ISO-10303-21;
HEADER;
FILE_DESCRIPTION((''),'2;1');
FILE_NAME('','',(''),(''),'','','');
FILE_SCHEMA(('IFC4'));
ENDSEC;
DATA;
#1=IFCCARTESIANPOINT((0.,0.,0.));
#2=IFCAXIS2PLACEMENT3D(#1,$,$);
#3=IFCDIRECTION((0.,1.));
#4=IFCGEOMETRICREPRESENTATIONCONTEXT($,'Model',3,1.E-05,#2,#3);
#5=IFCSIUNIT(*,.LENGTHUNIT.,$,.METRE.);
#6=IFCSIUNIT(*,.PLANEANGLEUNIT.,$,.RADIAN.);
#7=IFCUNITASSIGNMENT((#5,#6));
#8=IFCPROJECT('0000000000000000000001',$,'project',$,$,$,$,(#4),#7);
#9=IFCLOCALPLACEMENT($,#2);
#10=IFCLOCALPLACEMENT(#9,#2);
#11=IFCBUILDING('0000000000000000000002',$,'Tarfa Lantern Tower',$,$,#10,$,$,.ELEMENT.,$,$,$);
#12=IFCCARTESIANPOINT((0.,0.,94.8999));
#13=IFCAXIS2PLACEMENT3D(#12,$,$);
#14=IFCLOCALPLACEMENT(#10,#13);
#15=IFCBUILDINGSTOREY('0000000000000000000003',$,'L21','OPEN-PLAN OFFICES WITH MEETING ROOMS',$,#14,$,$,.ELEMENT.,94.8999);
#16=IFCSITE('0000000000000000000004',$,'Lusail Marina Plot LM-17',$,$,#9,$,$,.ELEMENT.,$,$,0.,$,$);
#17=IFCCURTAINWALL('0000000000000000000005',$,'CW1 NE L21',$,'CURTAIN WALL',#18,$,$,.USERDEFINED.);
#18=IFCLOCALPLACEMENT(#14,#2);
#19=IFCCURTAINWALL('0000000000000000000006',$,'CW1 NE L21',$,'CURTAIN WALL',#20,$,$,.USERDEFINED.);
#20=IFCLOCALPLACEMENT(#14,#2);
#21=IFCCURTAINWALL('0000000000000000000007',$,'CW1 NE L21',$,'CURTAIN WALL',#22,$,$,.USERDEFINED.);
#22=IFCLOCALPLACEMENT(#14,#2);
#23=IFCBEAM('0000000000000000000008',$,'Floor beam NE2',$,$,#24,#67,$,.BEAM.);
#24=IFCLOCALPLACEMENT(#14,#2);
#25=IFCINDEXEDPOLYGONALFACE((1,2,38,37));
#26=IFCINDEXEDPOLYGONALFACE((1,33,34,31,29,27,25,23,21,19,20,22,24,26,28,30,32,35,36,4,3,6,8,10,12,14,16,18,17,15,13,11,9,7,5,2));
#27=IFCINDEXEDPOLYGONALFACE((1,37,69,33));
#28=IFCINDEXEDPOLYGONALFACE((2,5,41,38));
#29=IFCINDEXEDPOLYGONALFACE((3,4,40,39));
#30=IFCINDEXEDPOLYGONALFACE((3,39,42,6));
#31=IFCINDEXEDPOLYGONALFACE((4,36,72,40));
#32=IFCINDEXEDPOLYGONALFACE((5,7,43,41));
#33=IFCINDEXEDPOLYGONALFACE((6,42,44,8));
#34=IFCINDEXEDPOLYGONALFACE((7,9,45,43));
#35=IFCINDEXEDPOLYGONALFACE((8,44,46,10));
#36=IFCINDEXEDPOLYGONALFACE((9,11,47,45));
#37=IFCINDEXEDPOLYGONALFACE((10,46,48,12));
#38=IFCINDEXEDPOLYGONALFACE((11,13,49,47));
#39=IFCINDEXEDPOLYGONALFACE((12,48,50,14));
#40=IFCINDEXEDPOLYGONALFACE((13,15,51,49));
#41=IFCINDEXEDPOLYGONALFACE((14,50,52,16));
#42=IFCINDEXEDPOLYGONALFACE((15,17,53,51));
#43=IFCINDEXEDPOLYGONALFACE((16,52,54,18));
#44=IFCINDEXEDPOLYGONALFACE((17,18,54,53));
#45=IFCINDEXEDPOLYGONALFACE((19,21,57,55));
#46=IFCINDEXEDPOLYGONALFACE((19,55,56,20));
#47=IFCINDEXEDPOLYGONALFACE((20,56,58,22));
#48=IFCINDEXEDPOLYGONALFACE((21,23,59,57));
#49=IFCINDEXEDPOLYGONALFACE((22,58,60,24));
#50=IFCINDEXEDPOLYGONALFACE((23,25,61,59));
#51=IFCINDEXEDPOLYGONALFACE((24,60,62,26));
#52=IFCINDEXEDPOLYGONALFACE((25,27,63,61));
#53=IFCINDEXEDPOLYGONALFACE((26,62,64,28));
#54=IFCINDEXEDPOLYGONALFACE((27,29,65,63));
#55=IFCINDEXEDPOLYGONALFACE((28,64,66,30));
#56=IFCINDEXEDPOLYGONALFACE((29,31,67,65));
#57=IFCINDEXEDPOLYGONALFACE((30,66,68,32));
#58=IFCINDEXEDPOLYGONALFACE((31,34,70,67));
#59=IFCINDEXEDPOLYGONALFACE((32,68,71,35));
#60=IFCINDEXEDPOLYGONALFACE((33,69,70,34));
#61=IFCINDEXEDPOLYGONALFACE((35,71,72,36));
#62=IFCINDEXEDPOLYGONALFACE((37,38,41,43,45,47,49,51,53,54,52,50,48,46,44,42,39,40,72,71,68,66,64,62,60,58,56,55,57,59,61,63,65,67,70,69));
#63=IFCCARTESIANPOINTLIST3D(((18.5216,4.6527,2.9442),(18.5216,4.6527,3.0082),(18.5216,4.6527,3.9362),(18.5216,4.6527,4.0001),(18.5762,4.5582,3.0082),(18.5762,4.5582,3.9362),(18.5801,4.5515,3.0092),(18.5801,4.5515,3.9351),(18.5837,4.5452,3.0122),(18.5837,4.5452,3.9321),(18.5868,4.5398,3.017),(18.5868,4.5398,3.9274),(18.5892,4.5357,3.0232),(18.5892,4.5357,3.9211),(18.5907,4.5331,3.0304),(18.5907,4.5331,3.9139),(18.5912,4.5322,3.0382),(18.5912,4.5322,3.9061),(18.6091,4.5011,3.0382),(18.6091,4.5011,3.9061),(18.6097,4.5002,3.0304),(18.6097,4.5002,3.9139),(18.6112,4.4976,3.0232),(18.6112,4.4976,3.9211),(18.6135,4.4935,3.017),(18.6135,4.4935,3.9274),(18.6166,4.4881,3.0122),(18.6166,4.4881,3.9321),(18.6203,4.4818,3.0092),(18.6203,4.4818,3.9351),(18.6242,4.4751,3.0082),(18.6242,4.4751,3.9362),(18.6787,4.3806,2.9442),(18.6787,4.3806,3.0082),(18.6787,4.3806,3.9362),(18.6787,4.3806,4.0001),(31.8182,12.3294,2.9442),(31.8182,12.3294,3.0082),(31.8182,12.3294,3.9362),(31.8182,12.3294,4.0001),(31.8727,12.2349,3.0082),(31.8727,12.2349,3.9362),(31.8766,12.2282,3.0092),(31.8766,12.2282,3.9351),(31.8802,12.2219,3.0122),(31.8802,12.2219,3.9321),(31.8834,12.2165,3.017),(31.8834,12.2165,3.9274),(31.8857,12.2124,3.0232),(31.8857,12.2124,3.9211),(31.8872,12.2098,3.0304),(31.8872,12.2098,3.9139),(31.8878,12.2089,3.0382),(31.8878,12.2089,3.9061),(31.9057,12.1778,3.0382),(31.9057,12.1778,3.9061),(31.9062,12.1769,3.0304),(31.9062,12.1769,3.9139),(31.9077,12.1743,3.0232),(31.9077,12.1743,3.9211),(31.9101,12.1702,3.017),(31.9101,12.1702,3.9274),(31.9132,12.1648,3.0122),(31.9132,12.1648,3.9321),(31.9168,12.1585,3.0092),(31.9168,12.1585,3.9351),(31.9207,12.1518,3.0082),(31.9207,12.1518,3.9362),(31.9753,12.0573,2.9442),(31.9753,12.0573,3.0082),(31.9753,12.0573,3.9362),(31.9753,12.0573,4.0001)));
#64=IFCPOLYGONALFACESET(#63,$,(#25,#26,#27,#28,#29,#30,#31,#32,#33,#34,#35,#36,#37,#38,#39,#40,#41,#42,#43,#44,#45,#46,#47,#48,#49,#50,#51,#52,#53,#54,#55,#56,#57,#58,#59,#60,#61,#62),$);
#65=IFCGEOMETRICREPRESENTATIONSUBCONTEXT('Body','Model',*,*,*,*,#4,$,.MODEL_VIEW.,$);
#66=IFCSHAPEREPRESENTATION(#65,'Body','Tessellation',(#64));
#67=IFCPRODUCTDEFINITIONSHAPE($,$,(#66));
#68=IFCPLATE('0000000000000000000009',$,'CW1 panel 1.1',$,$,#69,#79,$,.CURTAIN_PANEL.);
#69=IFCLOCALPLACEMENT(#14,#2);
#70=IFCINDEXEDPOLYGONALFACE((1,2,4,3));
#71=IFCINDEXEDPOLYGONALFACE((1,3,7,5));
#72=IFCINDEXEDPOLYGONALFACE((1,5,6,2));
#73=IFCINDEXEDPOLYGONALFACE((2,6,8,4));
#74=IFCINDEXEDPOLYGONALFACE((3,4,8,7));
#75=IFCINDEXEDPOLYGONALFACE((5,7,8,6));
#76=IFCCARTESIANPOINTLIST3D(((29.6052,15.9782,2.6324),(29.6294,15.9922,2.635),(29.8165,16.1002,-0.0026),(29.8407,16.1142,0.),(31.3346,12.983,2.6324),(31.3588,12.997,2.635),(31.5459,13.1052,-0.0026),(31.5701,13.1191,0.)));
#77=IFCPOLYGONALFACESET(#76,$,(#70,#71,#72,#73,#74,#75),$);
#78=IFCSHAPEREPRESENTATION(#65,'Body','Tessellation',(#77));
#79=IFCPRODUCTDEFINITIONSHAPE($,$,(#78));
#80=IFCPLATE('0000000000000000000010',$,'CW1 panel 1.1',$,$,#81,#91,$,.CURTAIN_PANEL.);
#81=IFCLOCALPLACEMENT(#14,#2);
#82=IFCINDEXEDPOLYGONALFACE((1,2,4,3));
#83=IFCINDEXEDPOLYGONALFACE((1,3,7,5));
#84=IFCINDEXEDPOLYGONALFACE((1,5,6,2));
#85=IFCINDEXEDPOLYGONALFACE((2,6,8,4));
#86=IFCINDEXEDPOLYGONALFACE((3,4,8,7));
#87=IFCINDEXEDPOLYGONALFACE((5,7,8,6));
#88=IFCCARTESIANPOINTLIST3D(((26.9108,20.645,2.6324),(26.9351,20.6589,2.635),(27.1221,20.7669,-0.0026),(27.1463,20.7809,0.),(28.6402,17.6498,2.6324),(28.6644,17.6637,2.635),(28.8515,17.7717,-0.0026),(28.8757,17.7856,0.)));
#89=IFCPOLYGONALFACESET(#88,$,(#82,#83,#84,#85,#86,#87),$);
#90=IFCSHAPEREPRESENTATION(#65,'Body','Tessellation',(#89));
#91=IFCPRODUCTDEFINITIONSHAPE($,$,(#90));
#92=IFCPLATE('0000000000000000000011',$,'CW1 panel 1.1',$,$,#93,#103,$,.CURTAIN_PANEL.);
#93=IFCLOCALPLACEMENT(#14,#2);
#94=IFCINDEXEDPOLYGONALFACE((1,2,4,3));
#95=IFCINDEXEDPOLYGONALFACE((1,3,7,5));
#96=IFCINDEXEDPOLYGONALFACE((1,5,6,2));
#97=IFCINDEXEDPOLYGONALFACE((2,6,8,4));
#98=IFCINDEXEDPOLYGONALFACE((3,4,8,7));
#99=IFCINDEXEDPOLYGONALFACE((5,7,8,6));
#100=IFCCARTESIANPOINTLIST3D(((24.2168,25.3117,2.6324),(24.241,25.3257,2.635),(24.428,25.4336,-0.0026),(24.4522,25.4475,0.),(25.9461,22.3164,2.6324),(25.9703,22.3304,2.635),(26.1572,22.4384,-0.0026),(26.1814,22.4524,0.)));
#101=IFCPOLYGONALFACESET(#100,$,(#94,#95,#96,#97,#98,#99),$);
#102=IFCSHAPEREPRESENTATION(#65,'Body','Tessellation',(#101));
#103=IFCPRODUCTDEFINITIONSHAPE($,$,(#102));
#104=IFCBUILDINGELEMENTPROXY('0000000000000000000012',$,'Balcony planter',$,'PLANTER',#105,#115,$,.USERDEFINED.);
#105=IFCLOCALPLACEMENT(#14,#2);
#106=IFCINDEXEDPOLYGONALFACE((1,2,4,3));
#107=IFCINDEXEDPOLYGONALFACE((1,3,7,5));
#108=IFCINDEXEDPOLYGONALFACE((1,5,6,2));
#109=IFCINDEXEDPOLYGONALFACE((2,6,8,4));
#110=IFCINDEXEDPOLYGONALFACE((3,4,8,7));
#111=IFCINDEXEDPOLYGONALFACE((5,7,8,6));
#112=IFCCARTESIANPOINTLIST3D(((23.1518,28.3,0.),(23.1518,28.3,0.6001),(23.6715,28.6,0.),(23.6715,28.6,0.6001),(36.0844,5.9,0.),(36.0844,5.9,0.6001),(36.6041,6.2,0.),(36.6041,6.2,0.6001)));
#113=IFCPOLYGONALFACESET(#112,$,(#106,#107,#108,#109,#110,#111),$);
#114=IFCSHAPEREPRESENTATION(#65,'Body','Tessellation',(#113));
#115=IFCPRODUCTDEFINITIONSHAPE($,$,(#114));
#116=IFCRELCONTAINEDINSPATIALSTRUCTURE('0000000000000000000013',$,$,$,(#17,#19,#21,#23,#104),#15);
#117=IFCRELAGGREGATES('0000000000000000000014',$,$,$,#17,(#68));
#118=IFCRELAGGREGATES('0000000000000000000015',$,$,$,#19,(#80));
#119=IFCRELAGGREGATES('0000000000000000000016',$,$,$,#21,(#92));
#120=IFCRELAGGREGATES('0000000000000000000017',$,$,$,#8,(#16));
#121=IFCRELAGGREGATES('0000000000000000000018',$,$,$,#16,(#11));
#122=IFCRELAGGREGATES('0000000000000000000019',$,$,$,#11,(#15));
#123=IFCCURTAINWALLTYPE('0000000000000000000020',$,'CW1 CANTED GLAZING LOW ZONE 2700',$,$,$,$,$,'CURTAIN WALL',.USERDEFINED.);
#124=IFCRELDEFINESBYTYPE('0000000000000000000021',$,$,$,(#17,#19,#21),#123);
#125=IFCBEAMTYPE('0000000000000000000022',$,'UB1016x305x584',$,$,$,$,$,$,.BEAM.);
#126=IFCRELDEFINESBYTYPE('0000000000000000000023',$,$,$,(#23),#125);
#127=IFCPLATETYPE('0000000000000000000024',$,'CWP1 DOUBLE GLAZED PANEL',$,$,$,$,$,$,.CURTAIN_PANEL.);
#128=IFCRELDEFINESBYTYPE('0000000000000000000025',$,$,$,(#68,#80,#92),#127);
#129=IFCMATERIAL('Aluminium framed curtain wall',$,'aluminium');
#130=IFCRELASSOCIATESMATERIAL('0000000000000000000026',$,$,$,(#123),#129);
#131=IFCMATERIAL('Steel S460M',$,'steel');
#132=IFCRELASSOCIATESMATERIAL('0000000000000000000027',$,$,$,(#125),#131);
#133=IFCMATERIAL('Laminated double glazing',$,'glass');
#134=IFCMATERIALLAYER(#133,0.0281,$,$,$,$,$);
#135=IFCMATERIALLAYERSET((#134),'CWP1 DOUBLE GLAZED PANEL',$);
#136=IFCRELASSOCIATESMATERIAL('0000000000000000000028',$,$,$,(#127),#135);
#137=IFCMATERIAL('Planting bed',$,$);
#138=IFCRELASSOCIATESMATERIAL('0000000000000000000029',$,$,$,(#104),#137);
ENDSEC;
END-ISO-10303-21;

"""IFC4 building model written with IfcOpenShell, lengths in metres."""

from ifc_helpers import new_model, si_unit, direction, frame, origin, origin_2d, place, context, subcontext, project, spatial, polyline, rectangle, i_section, outline, extrude, material, layer, layer_set, material_profile, profile_set, type_object, element, aggregate, save


model = new_model("IFC4")

# Units and contexts
model_context = context("Model", 3, precision=1e-05, world=origin(), true_north=direction((0.0, 1.0)))
body_context = subcontext(model_context, "Body", "Model", "MODEL_VIEW")
ifc_project = project(units=[si_unit("LENGTHUNIT", "METRE"), si_unit("PLANEANGLEUNIT", "RADIAN")], contexts=[model_context])

# Site, building, storey
site_placement = place(None, origin())
site = spatial("IfcSite", under=ifc_project, at=site_placement, Name="Lusail Marina Plot LM-17", CompositionType="ELEMENT", RefElevation=0.0)
building_placement = place(site_placement, origin())
building = spatial("IfcBuilding", under=site, at=building_placement, Name="Tarfa Lantern Tower", CompositionType="ELEMENT")
storey_placement = place(building_placement, frame((0.0, 0.0, 94.8999)))
storey = spatial("IfcBuildingStorey", under=building, at=storey_placement, Name="L21", Description="OPEN-PLAN OFFICES WITH MEETING ROOMS", CompositionType="ELEMENT", Elevation=94.8999)

# Curtain walls
ifc_material_1 = material(Name="Aluminium framed curtain wall", Category="aluminium")
curtain_wall_type = type_object("IfcCurtainWallType", Name="CW1 CANTED GLAZING LOW ZONE 2700", ElementType="CURTAIN WALL", PredefinedType="USERDEFINED", material=ifc_material_1)
curtain_wall_1_placement = place(storey_placement, origin())
curtain_wall_1 = element("IfcCurtainWall", 1, at=curtain_wall_1_placement, inside=storey, type_object=curtain_wall_type, Name="CW1 NE L21", ObjectType="CURTAIN WALL", PredefinedType="USERDEFINED")
curtain_wall_2_placement = place(storey_placement, origin())
curtain_wall_2 = element("IfcCurtainWall", 2, at=curtain_wall_2_placement, inside=storey, type_object=curtain_wall_type, Name="CW1 NE L21", ObjectType="CURTAIN WALL", PredefinedType="USERDEFINED")
curtain_wall_3_placement = place(storey_placement, origin())
curtain_wall_3 = element("IfcCurtainWall", 3, at=curtain_wall_3_placement, inside=storey, type_object=curtain_wall_type, Name="CW1 NE L21", ObjectType="CURTAIN WALL", PredefinedType="USERDEFINED")

# Beam
ifc_material_2 = material(Name="Steel S460M", Category="steel")
ifc_material_profile_1 = material_profile(ifc_material_2, i_section(OverallWidth=0.3142, OverallDepth=1.0559, WebThickness=0.0359, FlangeThickness=0.064, FilletRadius=0.03, at=origin_2d()), Name="UB1016x305x584")
ifc_profile_set_1 = profile_set([ifc_material_profile_1], Name="Steel S460M")
beam_type_1 = type_object("IfcBeamType", Name="UB1016x305x584", PredefinedType="BEAM", material=ifc_profile_set_1)
beam_1_placement = place(storey_placement, frame((31.8967, 12.1934, 3.4722), z_axis=(-0.866027, -0.499997, 0.0), x_axis=(0.499997, -0.866027, 0.0)))
element("IfcBeam", 4, at=beam_1_placement, inside=storey, type_object=beam_type_1, Name="Floor beam NE2", PredefinedType="BEAM", context=body_context, shape_type="SweptSolid", body=[
    extrude(i_section(OverallWidth=0.3142, OverallDepth=1.0559, WebThickness=0.0359, FlangeThickness=0.064, FilletRadius=0.03, at=origin_2d()), origin(), (0.0, 0.0, 1.0), 15.3535),
])

# Plates
ifc_material_3 = material(Name="Laminated double glazing", Category="glass")
ifc_layer = layer(ifc_material_3, 0.0281)
ifc_layer_set = layer_set([ifc_layer], Name="CWP1 DOUBLE GLAZED PANEL")
plate_type = type_object("IfcPlateType", Name="CWP1 DOUBLE GLAZED PANEL", PredefinedType="CURTAIN_PANEL", material=ifc_layer_set)
plate_1_placement = place(storey_placement, frame((31.5701, 13.1191, 0.0), z_axis=(0.862318, 0.497899, 0.092216), x_axis=(-0.50003, 0.866008, -0.000003)))
plate_1 = element("IfcPlate", 5, at=plate_1_placement, type_object=plate_type, Name="CW1 panel 1.1", PredefinedType="CURTAIN_PANEL", context=body_context, shape_type="SweptSolid", body=[
    extrude(outline(polyline([(0.0, 0.0), (3.4585, 0.0), (3.4585, 2.6463), (-0.0001, 2.6463), (0.0, 0.0)])), origin(), (0.0, 0.0, -1.0), 0.0281),
])
aggregate(curtain_wall_1, [plate_1])
plate_2_placement = place(storey_placement, frame((28.8757, 17.7856, 0.0), z_axis=(0.862329, 0.497885, 0.092193), x_axis=(-0.500014, 0.866017, -0.000004)))
plate_2 = element("IfcPlate", 6, at=plate_2_placement, type_object=plate_type, Name="CW1 panel 1.1", PredefinedType="CURTAIN_PANEL", context=body_context, shape_type="SweptSolid", body=[
    extrude(outline(polyline([(0.0, 0.0), (3.4587, 0.0), (3.4587, 2.6463), (0.0001, 2.6463), (0.0, 0.0)])), origin(), (0.0, 0.0, -1.0), 0.0281),
])
aggregate(curtain_wall_2, [plate_2])
plate_3_placement = place(storey_placement, frame((26.1814, 22.4524, 0.0), z_axis=(0.862347, 0.497861, 0.092153), x_axis=(-0.499988, 0.866032, 0.000002)))
plate_3 = element("IfcPlate", 7, at=plate_3_placement, type_object=plate_type, Name="CW1 panel 1.1", PredefinedType="CURTAIN_PANEL", context=body_context, shape_type="SweptSolid", body=[
    extrude(outline(polyline([(0.0, 0.0), (3.4585, 0.0), (3.4586, 2.6463), (-0.0001, 2.6463), (0.0, 0.0)])), origin(), (0.0, 0.0, -1.0), 0.0281),
])
aggregate(curtain_wall_3, [plate_3])

# Building element proxy
ifc_material_4 = material(Name="Planting bed")
proxy_placement = place(storey_placement, frame((29.8779, 17.25, 0.0), z_axis=(0.0, 0.0, 1.0), x_axis=(-0.5, 0.866025, 0.0)))
element("IfcBuildingElementProxy", 8, at=proxy_placement, inside=storey, material=ifc_material_4, Name="Balcony planter", ObjectType="PLANTER", PredefinedType="USERDEFINED", context=body_context, shape_type="SweptSolid", body=[
    extrude(rectangle(XDim=25.8652, YDim=0.6001, at=origin_2d()), origin(), (0.0, 0.0, 1.0), 0.6001),
])

save(model, "model.ifc")
